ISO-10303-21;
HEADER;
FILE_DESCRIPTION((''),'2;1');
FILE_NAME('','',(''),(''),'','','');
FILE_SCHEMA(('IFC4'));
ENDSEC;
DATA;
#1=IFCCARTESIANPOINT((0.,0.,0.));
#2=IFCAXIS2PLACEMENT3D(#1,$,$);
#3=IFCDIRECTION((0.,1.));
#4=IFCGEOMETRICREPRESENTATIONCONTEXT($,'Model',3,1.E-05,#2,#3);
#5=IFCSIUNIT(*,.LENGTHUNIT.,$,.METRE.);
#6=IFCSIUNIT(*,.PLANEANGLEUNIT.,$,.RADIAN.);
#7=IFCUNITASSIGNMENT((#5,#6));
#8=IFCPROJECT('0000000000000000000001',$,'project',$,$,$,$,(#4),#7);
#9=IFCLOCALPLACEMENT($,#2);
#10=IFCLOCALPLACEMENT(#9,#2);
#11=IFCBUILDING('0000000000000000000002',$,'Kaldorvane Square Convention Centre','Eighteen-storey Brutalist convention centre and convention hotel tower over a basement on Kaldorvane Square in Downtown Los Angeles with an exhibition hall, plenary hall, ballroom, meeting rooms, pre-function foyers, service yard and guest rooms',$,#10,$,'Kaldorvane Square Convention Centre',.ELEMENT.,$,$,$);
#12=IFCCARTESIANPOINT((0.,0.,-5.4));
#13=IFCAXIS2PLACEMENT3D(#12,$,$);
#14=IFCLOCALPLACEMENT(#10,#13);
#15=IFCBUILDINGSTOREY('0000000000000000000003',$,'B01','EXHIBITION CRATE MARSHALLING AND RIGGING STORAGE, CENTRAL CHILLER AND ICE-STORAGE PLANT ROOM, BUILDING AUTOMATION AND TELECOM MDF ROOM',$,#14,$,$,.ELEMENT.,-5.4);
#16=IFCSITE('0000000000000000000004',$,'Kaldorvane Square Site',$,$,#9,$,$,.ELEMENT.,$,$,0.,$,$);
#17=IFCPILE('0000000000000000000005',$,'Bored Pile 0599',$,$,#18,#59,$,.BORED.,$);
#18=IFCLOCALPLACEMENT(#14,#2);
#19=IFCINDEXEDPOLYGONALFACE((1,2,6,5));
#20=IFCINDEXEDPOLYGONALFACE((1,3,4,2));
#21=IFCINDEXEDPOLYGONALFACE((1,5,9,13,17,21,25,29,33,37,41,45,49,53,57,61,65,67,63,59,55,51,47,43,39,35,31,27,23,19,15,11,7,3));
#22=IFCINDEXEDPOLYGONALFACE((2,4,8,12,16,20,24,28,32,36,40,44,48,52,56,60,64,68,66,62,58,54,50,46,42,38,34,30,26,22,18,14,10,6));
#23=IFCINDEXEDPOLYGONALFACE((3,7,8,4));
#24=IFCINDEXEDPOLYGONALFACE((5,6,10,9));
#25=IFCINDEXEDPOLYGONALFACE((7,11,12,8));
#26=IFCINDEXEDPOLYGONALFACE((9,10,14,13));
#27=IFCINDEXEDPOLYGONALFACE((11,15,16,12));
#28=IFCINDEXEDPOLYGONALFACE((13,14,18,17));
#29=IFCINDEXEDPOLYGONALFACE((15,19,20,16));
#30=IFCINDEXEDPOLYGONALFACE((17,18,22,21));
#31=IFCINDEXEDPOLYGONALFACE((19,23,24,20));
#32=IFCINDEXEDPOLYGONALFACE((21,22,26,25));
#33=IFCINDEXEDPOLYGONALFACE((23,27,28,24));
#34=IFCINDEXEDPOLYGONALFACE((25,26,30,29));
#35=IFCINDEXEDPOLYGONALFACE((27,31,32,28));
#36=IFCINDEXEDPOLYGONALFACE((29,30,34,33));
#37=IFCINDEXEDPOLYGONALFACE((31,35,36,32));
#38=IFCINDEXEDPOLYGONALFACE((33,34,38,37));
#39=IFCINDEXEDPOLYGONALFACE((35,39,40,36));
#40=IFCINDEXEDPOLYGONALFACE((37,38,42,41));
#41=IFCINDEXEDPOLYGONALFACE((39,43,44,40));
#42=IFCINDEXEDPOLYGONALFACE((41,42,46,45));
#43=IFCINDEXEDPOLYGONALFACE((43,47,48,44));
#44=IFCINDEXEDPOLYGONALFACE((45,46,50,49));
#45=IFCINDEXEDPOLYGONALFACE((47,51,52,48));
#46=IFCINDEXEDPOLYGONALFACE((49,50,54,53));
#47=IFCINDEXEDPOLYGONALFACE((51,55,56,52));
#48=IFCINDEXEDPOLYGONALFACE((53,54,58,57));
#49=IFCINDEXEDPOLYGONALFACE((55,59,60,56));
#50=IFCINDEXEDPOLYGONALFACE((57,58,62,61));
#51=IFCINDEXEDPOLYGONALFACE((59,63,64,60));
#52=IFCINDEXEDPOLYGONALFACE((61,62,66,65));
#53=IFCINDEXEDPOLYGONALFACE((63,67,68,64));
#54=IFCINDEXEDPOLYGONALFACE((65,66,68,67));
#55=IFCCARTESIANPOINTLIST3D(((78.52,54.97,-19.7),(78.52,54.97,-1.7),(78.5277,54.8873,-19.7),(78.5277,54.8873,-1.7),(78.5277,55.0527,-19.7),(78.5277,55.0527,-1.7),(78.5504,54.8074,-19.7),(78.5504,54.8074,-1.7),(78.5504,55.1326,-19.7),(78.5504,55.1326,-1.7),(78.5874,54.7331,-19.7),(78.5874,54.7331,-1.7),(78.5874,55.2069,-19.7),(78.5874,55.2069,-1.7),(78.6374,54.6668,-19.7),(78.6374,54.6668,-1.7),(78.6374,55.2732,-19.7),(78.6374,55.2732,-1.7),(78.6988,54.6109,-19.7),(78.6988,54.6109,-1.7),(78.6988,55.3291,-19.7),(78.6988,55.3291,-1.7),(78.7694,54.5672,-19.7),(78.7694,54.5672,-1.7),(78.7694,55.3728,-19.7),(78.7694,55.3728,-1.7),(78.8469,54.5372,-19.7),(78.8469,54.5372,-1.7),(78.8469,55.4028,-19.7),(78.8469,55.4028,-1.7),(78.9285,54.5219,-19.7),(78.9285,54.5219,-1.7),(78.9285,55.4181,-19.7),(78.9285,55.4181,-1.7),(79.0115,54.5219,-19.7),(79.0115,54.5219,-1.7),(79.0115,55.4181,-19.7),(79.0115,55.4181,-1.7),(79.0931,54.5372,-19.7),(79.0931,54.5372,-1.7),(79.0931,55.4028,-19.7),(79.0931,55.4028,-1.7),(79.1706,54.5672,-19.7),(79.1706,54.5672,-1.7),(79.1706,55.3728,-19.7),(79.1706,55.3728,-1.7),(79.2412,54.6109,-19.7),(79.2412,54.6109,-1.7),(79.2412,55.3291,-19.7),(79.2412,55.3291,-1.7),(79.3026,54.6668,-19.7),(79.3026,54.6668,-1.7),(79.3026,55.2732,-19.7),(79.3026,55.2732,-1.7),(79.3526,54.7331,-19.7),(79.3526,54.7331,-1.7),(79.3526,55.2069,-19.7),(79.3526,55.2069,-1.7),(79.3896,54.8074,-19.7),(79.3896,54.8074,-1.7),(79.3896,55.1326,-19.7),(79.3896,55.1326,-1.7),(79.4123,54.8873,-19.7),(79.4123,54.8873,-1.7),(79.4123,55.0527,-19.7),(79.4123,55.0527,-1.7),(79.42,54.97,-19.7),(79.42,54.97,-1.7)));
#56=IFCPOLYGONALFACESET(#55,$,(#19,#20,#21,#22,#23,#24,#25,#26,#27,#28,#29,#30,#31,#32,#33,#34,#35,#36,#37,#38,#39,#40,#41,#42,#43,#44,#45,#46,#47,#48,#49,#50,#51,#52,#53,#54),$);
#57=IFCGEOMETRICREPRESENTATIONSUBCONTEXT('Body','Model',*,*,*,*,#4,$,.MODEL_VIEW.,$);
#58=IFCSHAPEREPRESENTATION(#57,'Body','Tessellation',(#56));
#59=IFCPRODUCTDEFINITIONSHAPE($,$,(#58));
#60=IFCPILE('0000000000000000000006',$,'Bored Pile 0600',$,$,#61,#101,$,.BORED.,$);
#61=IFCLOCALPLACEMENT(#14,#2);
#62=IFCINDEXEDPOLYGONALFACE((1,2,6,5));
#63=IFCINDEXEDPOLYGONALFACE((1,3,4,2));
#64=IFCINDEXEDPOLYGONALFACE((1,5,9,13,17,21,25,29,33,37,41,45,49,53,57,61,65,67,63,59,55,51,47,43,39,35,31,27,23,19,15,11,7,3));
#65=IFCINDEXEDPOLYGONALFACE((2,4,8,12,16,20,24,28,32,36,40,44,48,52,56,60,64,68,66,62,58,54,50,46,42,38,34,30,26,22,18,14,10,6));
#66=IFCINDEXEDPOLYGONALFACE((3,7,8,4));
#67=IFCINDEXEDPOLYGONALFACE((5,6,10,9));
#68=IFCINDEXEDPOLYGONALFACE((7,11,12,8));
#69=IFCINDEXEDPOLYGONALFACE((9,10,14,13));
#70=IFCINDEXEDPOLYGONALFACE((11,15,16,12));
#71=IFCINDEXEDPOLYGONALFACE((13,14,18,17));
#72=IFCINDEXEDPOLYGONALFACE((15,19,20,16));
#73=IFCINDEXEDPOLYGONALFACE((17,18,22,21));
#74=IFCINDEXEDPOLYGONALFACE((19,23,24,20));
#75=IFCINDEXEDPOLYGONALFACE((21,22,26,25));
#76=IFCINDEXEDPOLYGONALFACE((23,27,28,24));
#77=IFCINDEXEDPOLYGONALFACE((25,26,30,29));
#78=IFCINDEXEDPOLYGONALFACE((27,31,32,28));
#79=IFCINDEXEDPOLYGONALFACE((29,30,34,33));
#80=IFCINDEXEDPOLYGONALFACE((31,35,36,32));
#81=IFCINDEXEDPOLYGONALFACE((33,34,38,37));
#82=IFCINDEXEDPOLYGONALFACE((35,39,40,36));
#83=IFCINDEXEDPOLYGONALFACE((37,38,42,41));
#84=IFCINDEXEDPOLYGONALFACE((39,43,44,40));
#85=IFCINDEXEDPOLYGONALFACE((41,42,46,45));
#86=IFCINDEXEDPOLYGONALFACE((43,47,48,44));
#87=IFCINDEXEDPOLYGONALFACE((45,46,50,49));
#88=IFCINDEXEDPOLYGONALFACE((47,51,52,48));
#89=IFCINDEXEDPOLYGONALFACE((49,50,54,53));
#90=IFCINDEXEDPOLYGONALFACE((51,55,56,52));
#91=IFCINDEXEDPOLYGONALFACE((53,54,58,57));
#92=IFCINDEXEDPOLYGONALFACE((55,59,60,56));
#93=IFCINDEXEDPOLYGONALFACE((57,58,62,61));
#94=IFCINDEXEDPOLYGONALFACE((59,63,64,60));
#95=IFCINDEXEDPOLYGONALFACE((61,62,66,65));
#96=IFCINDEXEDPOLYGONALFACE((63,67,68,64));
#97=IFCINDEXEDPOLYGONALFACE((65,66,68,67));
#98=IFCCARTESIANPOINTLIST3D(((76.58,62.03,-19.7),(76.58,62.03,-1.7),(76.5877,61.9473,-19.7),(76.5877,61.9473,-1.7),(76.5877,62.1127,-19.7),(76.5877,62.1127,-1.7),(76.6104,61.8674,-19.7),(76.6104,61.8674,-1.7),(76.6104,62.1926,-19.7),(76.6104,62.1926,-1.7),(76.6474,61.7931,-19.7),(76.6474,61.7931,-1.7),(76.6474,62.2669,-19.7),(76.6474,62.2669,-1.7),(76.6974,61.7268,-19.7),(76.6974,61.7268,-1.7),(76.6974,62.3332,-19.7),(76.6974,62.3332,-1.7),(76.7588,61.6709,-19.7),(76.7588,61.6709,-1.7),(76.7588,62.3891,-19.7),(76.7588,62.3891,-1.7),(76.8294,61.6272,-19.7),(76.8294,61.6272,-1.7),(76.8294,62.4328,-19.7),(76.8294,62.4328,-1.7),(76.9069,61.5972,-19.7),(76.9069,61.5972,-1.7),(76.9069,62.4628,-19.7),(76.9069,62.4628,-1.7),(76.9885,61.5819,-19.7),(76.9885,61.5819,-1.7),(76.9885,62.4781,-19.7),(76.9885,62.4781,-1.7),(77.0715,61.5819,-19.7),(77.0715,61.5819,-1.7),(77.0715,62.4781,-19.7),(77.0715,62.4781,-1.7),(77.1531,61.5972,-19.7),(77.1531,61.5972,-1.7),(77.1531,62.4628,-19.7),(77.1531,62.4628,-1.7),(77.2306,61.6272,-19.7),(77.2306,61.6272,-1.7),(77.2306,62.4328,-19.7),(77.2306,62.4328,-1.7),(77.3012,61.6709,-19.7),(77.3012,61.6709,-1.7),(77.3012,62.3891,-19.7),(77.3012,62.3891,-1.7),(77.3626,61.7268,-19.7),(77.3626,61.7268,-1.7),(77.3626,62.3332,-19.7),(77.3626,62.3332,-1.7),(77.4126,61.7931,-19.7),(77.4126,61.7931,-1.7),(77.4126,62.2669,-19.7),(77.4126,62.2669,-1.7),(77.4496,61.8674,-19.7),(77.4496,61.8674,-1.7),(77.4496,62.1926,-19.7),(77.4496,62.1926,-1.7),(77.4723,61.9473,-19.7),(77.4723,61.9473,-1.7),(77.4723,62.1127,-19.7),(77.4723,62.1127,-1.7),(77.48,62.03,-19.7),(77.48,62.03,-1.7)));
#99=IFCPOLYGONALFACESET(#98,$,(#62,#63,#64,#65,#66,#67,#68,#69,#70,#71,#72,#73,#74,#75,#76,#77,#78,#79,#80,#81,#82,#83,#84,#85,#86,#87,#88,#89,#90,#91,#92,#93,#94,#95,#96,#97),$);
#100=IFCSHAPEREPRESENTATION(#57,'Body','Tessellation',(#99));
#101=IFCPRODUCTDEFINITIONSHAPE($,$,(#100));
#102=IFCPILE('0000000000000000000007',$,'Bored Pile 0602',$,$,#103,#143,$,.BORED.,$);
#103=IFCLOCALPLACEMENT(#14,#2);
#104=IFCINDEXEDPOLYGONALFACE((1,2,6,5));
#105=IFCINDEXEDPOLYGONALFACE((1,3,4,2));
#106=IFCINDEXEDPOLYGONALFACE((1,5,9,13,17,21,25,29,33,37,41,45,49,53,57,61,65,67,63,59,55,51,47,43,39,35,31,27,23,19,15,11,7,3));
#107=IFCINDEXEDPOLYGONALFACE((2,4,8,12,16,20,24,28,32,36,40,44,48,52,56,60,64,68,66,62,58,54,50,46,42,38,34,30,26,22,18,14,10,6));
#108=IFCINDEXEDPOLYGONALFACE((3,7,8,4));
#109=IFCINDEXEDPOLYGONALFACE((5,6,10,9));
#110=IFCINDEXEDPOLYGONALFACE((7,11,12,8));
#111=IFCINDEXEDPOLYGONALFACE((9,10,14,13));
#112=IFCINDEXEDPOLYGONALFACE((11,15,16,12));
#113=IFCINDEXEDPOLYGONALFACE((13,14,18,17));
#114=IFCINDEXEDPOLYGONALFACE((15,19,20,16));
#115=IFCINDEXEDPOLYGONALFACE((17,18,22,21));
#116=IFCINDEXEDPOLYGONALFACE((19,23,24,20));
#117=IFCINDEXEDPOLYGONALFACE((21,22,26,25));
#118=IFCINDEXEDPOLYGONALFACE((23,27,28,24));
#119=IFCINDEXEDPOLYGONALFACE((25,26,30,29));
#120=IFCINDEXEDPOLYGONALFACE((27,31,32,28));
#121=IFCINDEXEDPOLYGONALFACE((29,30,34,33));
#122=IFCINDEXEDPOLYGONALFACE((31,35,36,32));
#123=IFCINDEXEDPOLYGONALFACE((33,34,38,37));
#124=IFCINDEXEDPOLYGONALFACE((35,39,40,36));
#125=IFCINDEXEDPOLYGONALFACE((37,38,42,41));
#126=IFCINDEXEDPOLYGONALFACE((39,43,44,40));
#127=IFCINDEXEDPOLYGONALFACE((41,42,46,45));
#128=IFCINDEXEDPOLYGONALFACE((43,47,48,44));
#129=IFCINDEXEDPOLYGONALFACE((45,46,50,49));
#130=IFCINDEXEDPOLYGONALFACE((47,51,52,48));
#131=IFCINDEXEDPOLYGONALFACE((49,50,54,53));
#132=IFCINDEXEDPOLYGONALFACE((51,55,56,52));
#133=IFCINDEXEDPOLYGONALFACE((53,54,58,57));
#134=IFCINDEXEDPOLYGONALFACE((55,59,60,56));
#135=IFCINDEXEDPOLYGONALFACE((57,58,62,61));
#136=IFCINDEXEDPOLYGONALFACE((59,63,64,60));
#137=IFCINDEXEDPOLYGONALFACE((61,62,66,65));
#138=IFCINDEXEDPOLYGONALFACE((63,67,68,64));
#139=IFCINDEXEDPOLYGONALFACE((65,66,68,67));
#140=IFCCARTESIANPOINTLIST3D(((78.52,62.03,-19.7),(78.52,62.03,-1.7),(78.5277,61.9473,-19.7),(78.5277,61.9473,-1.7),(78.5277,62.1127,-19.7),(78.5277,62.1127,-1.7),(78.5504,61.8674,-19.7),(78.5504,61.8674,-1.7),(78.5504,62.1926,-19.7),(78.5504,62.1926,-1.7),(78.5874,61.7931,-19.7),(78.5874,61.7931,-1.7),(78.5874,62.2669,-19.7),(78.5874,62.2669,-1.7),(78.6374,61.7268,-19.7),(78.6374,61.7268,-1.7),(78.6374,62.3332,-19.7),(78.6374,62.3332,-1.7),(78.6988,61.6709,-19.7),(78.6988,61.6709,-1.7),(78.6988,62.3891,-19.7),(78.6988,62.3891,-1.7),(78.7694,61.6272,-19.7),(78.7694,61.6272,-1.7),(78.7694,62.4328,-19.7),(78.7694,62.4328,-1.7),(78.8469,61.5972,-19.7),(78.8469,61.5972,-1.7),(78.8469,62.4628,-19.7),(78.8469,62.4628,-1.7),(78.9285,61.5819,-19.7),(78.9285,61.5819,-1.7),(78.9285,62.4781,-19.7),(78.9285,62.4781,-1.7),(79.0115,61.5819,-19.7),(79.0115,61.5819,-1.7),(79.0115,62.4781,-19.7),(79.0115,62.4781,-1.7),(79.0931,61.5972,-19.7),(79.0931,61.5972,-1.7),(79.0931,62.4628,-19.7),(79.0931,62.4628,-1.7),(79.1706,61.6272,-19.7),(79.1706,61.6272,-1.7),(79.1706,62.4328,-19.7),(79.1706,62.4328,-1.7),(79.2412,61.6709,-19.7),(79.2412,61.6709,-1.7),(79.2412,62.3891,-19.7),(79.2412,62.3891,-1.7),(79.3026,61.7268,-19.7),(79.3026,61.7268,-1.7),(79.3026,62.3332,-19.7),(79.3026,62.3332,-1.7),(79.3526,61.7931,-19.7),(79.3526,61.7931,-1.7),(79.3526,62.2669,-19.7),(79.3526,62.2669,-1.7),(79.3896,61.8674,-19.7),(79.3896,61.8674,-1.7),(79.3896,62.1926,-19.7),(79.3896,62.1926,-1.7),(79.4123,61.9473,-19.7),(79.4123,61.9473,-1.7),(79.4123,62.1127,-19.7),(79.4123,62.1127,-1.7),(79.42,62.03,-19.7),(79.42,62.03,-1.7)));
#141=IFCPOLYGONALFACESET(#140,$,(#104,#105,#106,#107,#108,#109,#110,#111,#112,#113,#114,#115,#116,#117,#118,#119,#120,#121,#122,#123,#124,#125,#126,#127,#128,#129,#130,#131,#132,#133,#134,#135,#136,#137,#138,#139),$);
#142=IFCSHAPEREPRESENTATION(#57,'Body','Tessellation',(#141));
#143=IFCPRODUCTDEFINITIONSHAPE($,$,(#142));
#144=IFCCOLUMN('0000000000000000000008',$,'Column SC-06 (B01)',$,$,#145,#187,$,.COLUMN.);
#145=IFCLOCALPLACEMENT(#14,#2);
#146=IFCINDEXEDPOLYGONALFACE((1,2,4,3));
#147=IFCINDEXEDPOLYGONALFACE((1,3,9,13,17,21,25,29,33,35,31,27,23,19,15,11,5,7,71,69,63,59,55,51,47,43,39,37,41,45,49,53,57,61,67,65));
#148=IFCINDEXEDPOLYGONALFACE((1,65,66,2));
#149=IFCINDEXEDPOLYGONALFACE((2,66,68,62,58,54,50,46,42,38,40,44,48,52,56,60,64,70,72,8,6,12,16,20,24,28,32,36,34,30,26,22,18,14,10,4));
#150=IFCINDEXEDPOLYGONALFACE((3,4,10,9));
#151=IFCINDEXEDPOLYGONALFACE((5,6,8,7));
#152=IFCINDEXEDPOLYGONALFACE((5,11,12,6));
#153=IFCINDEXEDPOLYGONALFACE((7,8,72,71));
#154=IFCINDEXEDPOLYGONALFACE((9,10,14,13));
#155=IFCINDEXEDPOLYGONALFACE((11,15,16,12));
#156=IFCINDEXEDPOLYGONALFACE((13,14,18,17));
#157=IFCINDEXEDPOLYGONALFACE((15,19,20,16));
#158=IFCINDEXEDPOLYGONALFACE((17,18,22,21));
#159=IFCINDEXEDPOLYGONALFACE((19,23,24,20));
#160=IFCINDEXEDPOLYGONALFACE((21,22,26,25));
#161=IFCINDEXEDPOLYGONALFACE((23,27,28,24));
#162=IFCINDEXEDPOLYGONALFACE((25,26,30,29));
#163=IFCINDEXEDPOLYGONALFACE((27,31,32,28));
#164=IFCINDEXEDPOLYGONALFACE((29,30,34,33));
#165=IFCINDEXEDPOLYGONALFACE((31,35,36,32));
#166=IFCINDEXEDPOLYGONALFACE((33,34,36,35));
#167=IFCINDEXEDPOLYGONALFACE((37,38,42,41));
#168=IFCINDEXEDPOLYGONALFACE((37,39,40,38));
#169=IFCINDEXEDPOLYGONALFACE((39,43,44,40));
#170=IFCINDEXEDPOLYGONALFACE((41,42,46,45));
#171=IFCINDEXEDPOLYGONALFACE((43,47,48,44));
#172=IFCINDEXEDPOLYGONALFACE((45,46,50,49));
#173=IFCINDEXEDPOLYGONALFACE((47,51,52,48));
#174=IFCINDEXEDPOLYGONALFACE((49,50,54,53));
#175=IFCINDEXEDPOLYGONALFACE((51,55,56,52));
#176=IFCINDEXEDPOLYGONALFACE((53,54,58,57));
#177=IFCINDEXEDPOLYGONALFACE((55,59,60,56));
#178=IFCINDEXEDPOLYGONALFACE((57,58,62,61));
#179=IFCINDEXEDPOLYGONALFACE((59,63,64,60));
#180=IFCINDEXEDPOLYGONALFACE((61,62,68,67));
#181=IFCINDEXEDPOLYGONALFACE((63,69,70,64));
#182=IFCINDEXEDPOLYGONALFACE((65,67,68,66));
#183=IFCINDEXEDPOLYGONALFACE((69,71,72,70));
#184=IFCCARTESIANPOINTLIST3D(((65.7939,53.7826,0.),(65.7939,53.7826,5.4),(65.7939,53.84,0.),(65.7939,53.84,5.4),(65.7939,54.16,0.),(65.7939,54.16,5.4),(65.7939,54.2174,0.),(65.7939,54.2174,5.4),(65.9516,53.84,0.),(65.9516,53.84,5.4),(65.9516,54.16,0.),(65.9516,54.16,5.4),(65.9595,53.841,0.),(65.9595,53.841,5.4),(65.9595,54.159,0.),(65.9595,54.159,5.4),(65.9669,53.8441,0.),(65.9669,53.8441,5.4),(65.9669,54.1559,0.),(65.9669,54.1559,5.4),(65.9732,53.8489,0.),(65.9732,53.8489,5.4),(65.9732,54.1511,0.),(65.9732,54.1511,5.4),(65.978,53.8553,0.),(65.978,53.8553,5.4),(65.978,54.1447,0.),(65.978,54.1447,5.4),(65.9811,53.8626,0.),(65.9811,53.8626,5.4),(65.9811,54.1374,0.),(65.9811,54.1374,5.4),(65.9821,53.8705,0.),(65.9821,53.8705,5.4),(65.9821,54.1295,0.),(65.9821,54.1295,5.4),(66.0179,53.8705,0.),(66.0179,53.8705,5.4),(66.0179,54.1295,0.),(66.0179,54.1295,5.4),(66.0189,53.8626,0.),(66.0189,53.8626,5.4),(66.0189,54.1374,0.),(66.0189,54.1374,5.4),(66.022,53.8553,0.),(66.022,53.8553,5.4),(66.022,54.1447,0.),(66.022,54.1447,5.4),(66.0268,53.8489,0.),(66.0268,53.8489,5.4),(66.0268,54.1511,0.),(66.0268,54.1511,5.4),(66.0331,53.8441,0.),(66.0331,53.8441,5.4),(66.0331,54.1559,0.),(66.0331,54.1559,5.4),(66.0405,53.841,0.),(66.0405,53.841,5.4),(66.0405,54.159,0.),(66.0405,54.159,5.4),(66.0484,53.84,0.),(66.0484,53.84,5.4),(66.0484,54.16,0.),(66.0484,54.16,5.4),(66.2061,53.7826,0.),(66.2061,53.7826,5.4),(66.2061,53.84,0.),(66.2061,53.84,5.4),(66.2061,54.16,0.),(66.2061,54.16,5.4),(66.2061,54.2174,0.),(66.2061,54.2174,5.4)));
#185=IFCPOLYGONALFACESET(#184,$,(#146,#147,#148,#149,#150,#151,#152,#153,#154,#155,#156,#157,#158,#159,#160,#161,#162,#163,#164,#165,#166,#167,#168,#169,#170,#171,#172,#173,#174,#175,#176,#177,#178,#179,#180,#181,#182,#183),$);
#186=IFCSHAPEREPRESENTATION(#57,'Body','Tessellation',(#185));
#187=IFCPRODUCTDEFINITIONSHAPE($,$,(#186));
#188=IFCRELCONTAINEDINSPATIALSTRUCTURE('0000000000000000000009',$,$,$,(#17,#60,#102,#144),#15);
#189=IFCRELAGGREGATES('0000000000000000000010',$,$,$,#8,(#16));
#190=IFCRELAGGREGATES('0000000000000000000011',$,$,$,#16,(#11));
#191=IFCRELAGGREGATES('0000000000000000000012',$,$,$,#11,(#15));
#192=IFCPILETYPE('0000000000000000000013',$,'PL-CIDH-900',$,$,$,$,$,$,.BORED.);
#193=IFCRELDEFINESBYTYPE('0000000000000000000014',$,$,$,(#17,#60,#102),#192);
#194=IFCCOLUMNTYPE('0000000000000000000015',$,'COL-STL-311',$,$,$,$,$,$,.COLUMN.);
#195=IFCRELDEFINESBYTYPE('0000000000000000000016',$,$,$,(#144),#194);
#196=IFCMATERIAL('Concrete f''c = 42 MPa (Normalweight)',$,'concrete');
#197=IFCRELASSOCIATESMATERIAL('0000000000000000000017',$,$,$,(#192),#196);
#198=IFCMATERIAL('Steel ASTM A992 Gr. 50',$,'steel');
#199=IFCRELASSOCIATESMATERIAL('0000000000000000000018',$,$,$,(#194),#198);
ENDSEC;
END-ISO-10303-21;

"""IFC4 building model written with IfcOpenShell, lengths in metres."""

from ifc_helpers import new_model, si_unit, direction, frame, origin, origin_2d, place, context, subcontext, project, spatial, circle, i_section, extrude, material, material_profile, profile_set, type_object, element, save


model = new_model("IFC4")

# Units and contexts
model_context = context("Model", 3, precision=1e-05, world=origin(), true_north=direction((0.0, 1.0)))
body_context = subcontext(model_context, "Body", "Model", "MODEL_VIEW")
ifc_project = project(units=[si_unit("LENGTHUNIT", "METRE"), si_unit("PLANEANGLEUNIT", "RADIAN")], contexts=[model_context])

# Site, building, storey
site_placement = place(None, origin())
site = spatial("IfcSite", under=ifc_project, at=site_placement, Name="Kaldorvane Square Site", CompositionType="ELEMENT", RefElevation=0.0)
building_placement = place(site_placement, origin())
building = spatial("IfcBuilding", under=site, at=building_placement, Name="Kaldorvane Square Convention Centre", Description="Eighteen-storey Brutalist convention centre and convention hotel tower over a basement on Kaldorvane Square in Downtown Los Angeles with an exhibition hall, plenary hall, ballroom, meeting rooms, pre-function foyers, service yard and guest rooms", LongName="Kaldorvane Square Convention Centre", CompositionType="ELEMENT")
storey_placement = place(building_placement, frame((0.0, 0.0, -5.4)))
storey = spatial("IfcBuildingStorey", under=building, at=storey_placement, Name="B01", Description="EXHIBITION CRATE MARSHALLING AND RIGGING STORAGE, CENTRAL CHILLER AND ICE-STORAGE PLANT ROOM, BUILDING AUTOMATION AND TELECOM MDF ROOM", CompositionType="ELEMENT", Elevation=-5.4)

# Shared definitions
ifc_material_1 = material(Name="Concrete f'c = 42 MPa (Normalweight)", Category="concrete")

# Piles
ifc_material_profile_1 = material_profile(ifc_material_1, circle(Radius=0.45, at=origin_2d()), Name="PILE-D900")
ifc_profile_set_1 = profile_set([ifc_material_profile_1], Name="Concrete f'c = 42 MPa (Normalweight)")
pile_type = type_object("IfcPileType", Name="PL-CIDH-900", PredefinedType="BORED", material=ifc_profile_set_1)
for number, where, z_axis, x_axis, name in (
    (1, (78.97, 54.97, -1.7), (0.0, 0.0, -1.0), (1.0, 0.0, 0.0), "Bored Pile 0599"),
    (2, (77.03, 62.03, -1.7), (0.0, 0.0, -1.0), (1.0, 0.0, 0.0), "Bored Pile 0600"),
    (3, (78.97, 62.03, -1.7), (0.0, 0.0, -1.0), (1.0, 0.0, 0.0), "Bored Pile 0602"),
):
    element("IfcPile", number, at=place(storey_placement, frame(where, z_axis=z_axis, x_axis=x_axis)), inside=storey, type_object=pile_type, Name=name, PredefinedType="BORED", context=body_context, shape_type="SweptSolid", body=[
        extrude(circle(Radius=0.45, at=origin_2d()), origin(), (0.0, 0.0, 1.0), 18.0),
    ])

# Column
ifc_material_2 = material(Name="Steel ASTM A992 Gr. 50", Category="steel")
ifc_material_profile_2 = material_profile(ifc_material_2, i_section(OverallWidth=0.4122, OverallDepth=0.4348, WebThickness=0.0358, FlangeThickness=0.0574, FilletRadius=0.0305, at=origin_2d()), Name="W14X311")
ifc_profile_set_2 = profile_set([ifc_material_profile_2], Name="Steel ASTM A992 Gr. 50")
column_type = type_object("IfcColumnType", Name="COL-STL-311", PredefinedType="COLUMN", material=ifc_profile_set_2)
for number, where, z_axis, x_axis, name in (
    (4, (66.0, 54.0, 0.0), (0.0, 0.0, 1.0), (1.0, 0.0, 0.0), "Column SC-06 (B01)"),
):
    element("IfcColumn", number, at=place(storey_placement, frame(where, z_axis=z_axis, x_axis=x_axis)), inside=storey, type_object=column_type, Name=name, PredefinedType="COLUMN", context=body_context, shape_type="SweptSolid", body=[
        extrude(i_section(OverallWidth=0.4122, OverallDepth=0.4348, WebThickness=0.0358, FlangeThickness=0.0574, FilletRadius=0.0305, at=origin_2d()), origin(), (0.0, 0.0, 1.0), 5.4),
    ])

save(model, "model.ifc")
